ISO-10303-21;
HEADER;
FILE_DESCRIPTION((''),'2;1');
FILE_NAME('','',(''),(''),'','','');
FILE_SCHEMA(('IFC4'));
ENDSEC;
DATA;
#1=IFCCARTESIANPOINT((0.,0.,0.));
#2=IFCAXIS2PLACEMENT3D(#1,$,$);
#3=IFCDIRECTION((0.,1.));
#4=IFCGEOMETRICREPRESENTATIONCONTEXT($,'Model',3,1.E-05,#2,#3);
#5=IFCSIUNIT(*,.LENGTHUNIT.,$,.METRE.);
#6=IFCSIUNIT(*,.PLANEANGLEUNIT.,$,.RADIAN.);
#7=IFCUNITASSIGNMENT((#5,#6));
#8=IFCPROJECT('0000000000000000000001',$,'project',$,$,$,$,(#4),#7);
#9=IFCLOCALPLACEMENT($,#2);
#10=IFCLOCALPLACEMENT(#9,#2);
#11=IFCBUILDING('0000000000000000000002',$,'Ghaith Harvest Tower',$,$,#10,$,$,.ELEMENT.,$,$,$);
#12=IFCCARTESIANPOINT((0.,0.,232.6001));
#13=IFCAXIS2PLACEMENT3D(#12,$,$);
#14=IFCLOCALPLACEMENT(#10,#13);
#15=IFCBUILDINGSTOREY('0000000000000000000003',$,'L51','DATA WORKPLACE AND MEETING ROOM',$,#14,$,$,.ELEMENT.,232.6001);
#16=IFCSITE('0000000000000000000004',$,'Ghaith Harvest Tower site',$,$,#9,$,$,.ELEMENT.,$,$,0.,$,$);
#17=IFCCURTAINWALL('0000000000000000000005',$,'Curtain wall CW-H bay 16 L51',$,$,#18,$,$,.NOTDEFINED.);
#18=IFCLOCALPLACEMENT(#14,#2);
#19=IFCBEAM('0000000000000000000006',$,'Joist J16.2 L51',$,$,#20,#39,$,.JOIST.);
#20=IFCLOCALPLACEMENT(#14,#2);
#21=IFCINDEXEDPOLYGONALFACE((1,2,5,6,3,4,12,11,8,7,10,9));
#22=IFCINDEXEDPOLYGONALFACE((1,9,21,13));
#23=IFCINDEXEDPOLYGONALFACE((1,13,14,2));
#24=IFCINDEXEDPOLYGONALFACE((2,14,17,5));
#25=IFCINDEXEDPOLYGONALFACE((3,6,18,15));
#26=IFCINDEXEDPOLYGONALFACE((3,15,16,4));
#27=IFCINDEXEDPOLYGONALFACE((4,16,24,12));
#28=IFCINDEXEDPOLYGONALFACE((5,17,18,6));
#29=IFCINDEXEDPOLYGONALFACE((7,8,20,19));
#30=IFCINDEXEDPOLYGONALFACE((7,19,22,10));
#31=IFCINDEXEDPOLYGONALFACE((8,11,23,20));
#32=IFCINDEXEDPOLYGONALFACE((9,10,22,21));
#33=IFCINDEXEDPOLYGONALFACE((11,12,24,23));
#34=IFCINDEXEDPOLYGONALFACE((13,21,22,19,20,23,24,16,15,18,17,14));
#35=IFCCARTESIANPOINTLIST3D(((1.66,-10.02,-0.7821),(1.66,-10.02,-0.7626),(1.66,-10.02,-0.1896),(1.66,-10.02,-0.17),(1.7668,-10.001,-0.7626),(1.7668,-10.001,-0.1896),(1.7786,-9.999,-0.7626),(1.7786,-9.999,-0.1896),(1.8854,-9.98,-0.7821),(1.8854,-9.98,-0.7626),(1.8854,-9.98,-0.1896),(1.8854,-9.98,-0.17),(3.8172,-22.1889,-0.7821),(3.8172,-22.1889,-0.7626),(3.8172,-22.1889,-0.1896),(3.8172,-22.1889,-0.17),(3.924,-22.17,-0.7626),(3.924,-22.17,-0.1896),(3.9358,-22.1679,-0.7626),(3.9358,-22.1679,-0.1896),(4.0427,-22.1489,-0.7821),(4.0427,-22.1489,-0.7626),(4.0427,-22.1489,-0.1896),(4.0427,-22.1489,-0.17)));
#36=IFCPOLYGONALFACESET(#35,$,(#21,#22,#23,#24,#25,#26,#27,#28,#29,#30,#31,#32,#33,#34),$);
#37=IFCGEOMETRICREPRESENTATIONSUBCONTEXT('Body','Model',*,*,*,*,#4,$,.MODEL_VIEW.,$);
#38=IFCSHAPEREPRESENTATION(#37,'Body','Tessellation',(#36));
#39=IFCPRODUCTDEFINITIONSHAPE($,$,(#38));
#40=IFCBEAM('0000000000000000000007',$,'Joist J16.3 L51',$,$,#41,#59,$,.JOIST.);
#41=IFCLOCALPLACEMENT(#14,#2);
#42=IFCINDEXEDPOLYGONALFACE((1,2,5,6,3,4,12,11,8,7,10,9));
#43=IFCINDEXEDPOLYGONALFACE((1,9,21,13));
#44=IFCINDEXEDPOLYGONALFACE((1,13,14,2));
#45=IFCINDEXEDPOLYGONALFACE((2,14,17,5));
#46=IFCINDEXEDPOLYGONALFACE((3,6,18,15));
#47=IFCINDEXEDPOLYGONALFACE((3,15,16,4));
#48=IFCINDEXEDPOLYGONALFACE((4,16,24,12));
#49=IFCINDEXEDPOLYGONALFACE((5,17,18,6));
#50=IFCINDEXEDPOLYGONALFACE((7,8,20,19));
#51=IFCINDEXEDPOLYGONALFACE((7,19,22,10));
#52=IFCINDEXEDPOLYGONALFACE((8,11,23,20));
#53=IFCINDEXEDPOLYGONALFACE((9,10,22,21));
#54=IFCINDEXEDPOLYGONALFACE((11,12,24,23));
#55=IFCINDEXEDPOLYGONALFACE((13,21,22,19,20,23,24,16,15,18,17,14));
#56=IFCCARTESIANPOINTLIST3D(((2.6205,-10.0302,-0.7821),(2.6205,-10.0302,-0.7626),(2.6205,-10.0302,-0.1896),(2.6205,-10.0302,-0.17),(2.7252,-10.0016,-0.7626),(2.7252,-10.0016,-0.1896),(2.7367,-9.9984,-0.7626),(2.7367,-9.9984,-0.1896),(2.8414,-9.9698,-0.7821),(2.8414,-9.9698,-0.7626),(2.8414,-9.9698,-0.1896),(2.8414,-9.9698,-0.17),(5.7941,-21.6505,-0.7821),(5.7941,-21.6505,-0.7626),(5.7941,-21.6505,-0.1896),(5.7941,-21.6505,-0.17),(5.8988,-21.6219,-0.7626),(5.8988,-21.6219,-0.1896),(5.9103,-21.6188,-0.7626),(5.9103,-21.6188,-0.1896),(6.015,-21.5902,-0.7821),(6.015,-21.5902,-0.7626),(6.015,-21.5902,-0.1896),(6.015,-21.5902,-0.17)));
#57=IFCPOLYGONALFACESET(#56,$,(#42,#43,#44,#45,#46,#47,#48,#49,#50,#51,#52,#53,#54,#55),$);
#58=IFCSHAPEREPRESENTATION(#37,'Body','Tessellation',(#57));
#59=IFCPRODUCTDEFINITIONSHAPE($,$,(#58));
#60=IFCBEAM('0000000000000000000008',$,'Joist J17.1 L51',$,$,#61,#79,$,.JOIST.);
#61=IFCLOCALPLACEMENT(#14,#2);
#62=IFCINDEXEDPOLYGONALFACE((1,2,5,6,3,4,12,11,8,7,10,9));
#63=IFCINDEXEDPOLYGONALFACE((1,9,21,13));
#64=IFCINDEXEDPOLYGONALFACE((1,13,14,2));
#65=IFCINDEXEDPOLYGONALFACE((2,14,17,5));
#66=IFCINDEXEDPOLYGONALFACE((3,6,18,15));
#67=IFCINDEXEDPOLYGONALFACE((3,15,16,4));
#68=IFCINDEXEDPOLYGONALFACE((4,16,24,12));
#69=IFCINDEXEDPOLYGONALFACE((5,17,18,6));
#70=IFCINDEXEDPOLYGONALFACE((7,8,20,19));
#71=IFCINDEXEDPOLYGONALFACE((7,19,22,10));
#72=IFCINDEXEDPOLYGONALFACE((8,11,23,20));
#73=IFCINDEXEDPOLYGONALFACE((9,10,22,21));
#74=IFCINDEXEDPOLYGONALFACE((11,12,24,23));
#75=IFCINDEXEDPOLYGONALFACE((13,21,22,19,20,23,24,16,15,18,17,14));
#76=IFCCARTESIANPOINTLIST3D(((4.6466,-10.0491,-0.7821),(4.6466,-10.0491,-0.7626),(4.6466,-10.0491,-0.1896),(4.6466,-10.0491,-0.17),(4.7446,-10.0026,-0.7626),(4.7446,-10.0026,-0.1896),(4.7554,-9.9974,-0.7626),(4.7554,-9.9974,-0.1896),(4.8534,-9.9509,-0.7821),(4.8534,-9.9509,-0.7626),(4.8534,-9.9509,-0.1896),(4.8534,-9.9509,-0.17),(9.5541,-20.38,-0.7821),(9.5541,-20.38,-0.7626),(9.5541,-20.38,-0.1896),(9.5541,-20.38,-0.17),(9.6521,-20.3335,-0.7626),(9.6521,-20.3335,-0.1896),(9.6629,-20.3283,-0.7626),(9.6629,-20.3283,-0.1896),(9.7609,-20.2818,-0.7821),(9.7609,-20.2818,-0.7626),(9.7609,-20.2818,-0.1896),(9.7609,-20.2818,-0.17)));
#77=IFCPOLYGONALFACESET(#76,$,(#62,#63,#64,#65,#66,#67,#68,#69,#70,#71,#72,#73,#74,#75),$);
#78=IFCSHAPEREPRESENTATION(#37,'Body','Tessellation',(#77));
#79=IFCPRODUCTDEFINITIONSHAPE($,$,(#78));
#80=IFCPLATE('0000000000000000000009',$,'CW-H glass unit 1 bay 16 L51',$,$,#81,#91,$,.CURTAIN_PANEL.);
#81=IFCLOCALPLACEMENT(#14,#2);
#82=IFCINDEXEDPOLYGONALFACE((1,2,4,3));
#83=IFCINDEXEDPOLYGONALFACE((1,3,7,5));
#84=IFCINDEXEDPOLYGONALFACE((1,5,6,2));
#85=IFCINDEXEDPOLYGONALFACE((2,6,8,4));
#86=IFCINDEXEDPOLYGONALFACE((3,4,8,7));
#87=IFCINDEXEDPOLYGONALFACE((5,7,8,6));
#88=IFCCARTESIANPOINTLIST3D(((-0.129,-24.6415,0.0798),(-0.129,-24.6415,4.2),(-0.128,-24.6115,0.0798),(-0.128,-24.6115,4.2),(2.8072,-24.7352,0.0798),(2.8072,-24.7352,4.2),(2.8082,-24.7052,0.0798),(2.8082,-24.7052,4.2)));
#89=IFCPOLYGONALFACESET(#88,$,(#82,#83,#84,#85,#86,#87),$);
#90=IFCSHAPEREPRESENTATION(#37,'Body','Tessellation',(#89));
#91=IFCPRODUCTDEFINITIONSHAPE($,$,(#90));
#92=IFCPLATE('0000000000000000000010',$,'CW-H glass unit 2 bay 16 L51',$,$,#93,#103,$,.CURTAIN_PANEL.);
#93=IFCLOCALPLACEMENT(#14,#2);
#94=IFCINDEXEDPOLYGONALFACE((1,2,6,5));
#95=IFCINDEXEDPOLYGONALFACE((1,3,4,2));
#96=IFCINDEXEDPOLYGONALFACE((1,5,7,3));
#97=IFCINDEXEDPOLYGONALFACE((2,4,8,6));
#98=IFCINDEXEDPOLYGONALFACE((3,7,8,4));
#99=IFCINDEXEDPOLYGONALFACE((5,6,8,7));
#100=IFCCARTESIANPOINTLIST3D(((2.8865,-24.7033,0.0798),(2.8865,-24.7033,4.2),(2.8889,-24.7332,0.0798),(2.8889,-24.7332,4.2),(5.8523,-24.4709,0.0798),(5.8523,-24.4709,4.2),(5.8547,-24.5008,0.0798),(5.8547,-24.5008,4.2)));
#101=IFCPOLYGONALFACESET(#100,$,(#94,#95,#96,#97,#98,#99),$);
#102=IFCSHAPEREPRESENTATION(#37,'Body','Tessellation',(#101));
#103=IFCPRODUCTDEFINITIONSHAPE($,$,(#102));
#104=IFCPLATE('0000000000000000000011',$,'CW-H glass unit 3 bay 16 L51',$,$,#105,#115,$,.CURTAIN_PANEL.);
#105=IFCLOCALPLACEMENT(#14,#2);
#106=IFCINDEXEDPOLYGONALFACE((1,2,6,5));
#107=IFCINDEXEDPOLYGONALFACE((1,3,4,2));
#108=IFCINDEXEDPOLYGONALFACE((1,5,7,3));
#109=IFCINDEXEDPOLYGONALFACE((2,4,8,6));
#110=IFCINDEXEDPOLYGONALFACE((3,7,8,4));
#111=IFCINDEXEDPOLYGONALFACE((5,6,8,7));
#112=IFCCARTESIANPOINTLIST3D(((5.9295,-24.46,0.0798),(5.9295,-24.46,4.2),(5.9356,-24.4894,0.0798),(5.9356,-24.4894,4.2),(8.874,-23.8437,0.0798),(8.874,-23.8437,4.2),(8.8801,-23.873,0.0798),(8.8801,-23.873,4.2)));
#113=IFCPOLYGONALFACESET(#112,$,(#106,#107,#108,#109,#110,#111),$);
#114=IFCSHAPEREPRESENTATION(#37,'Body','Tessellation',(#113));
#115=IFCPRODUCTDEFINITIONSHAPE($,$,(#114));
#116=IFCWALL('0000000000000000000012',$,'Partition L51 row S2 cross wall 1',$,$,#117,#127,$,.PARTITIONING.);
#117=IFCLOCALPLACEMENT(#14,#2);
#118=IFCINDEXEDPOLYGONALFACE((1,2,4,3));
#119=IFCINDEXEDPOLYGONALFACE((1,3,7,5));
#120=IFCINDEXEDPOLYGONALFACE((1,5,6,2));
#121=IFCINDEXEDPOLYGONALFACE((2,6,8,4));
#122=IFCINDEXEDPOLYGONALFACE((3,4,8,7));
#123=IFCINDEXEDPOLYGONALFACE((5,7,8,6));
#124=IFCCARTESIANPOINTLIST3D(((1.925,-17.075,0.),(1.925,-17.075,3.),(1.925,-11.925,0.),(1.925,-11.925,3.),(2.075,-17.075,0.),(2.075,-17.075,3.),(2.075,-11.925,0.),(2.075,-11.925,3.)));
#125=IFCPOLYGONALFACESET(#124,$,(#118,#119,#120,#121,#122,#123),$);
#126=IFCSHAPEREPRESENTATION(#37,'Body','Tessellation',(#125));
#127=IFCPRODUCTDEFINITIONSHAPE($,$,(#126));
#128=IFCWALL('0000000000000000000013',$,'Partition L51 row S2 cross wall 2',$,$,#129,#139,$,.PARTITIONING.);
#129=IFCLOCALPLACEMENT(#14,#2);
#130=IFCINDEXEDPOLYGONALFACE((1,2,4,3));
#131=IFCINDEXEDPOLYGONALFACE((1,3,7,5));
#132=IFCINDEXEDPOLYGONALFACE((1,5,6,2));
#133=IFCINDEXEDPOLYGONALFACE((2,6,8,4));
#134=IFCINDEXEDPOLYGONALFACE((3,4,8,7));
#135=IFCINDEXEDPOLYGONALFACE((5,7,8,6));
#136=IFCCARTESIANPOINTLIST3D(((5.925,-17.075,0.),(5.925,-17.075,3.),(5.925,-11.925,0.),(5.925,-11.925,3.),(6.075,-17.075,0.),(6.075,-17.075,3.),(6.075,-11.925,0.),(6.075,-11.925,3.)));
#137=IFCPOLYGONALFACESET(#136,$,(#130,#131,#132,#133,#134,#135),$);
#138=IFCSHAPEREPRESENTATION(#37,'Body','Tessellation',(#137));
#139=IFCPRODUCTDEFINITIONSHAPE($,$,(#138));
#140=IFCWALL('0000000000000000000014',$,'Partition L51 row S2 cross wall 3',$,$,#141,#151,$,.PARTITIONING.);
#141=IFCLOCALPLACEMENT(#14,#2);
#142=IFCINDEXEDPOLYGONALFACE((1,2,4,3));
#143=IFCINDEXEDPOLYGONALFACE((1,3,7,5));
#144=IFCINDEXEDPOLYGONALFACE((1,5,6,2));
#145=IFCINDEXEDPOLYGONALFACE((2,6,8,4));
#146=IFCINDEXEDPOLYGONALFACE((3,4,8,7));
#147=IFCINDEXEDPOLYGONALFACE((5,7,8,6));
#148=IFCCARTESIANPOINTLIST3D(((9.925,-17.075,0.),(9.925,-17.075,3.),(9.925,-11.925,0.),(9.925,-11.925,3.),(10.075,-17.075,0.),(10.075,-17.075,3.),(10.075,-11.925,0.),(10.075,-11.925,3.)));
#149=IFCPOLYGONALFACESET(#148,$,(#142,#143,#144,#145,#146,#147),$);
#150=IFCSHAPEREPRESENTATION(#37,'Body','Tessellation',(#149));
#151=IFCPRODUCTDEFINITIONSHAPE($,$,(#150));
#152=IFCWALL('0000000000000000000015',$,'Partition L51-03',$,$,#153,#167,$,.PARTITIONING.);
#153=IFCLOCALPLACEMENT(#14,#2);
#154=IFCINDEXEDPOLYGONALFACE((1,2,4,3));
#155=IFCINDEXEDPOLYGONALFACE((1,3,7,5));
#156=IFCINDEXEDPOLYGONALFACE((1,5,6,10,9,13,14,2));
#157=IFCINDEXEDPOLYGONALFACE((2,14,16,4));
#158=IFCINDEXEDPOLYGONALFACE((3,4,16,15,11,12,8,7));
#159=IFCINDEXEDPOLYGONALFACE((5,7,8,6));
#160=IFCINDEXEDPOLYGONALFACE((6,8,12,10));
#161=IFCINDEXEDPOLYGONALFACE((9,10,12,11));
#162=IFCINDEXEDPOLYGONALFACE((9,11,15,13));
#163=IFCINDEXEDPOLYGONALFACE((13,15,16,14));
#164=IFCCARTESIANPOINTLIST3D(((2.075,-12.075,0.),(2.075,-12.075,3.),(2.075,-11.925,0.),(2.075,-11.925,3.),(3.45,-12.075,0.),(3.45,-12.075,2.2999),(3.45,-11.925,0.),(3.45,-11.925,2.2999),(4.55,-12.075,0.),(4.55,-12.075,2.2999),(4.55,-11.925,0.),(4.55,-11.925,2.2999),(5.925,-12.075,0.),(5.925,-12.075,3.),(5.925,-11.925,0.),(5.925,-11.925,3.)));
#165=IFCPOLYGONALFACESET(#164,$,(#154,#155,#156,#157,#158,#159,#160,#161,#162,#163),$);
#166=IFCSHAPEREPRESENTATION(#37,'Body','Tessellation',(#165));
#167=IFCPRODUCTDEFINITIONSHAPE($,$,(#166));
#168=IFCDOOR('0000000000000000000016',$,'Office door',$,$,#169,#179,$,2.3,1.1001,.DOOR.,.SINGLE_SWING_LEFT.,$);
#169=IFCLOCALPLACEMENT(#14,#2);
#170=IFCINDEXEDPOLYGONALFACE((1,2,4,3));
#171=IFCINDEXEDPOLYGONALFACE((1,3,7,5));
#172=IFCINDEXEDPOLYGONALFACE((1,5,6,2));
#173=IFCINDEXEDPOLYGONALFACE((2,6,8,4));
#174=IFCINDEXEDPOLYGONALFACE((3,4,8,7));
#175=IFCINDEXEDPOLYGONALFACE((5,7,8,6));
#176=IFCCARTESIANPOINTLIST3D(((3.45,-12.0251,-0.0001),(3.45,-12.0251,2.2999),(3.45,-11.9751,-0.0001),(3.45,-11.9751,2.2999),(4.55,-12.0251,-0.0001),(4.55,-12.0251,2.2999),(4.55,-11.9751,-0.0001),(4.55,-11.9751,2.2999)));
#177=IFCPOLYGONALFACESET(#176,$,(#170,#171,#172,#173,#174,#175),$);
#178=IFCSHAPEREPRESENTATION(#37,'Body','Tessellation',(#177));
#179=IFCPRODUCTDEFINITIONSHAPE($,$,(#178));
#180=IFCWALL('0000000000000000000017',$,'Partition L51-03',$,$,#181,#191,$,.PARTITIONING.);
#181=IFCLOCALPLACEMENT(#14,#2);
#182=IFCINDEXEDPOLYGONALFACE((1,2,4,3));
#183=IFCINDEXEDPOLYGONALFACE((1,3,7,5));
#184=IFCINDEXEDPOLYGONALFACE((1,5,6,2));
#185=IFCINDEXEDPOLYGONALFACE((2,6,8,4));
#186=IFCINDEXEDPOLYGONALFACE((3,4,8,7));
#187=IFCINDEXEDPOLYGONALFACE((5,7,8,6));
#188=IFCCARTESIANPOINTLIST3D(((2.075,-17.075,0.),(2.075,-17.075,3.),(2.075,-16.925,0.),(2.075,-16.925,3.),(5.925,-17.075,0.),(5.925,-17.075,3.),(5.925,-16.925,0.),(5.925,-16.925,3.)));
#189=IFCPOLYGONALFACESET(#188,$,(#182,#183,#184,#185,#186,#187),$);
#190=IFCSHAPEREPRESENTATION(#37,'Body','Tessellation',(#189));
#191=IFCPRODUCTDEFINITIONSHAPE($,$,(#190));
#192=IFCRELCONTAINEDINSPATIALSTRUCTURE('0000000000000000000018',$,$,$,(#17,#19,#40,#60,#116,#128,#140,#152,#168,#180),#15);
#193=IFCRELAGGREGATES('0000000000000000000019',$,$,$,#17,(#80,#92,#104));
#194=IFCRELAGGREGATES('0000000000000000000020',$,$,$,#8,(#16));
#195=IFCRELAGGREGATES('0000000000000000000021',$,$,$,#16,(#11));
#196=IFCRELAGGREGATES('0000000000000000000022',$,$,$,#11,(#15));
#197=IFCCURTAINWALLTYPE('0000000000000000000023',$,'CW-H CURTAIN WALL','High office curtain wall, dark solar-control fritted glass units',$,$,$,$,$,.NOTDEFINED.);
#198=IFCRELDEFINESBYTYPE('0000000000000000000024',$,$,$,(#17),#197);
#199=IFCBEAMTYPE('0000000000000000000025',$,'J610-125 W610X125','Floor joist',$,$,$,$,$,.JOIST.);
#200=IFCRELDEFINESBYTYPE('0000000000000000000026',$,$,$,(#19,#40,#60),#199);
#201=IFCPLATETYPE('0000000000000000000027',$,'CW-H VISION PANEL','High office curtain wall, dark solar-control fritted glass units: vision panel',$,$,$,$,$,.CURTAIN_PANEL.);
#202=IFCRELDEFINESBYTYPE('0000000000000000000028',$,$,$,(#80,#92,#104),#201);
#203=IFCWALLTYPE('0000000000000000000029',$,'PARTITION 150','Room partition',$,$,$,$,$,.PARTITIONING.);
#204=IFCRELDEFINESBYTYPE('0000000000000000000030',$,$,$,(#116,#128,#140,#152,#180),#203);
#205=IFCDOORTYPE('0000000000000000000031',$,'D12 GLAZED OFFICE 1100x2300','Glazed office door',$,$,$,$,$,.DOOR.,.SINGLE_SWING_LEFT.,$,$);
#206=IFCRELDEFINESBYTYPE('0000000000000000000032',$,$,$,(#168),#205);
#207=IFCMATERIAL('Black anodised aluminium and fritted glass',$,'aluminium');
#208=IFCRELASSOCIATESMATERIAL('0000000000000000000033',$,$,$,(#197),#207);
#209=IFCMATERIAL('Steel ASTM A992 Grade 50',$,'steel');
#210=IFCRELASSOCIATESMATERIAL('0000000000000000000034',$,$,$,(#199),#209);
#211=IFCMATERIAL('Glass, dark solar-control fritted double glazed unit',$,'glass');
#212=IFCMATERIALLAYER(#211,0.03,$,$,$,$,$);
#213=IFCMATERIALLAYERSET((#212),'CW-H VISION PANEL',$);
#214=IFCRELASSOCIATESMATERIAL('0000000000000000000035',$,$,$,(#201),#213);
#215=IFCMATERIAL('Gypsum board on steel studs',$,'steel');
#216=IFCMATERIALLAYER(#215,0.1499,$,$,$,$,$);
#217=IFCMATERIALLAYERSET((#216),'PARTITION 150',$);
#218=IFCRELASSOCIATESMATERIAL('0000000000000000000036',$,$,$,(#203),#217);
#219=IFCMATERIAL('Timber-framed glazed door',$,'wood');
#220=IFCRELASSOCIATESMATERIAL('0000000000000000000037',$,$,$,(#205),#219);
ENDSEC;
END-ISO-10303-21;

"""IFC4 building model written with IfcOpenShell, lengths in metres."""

from ifc_helpers import new_model, si_unit, direction, frame, frame_2d, origin, origin_2d, place, context, subcontext, project, spatial, rectangle, i_section, extrude, material, layer, layer_set, material_profile, profile_set, type_object, element, fill, aggregate, save


model = new_model("IFC4")

# Units and contexts
model_context = context("Model", 3, precision=1e-05, world=origin(), true_north=direction((0.0, 1.0)))
body_context = subcontext(model_context, "Body", "Model", "MODEL_VIEW")
ifc_project = project(units=[si_unit("LENGTHUNIT", "METRE"), si_unit("PLANEANGLEUNIT", "RADIAN")], contexts=[model_context])

# Site, building, storey
site_placement = place(None, origin())
site = spatial("IfcSite", under=ifc_project, at=site_placement, Name="Ghaith Harvest Tower site", CompositionType="ELEMENT", RefElevation=0.0)
building_placement = place(site_placement, origin())
building = spatial("IfcBuilding", under=site, at=building_placement, Name="Ghaith Harvest Tower", CompositionType="ELEMENT")
storey_placement = place(building_placement, frame((0.0, 0.0, 232.6001)))
storey = spatial("IfcBuildingStorey", under=building, at=storey_placement, Name="L51", Description="DATA WORKPLACE AND MEETING ROOM", CompositionType="ELEMENT", Elevation=232.6001)

# Curtain wall
ifc_material_1 = material(Name="Black anodised aluminium and fritted glass", Category="aluminium")
curtain_wall_type = type_object("IfcCurtainWallType", Name="CW-H CURTAIN WALL", Description="High office curtain wall, dark solar-control fritted glass units", PredefinedType="NOTDEFINED", material=ifc_material_1)
curtain_wall_1_placement = place(storey_placement, origin())
curtain_wall_1 = element("IfcCurtainWall", 1, at=curtain_wall_1_placement, inside=storey, type_object=curtain_wall_type, Name="Curtain wall CW-H bay 16 L51", PredefinedType="NOTDEFINED")

# Beams
ifc_material_2 = material(Name="Steel ASTM A992 Grade 50", Category="steel")
ifc_material_profile_1 = material_profile(ifc_material_2, i_section(OverallWidth=0.229, OverallDepth=0.6121, WebThickness=0.012, FlangeThickness=0.0195, at=origin_2d()), Name="W610X125")
ifc_profile_set_1 = profile_set([ifc_material_profile_1], Name="Steel ASTM A992 Grade 50")
beam_type_1 = type_object("IfcBeamType", Name="J610-125 W610X125", Description="Floor joist", PredefinedType="JOIST", material=ifc_profile_set_1)
beam_1_placement = place(storey_placement, frame((1.7727, -10.0, -0.4761), z_axis=(0.174552, -0.984648, 0.0), x_axis=(0.984648, 0.174552, 0.0)))
element("IfcBeam", 2, at=beam_1_placement, inside=storey, type_object=beam_type_1, Name="Joist J16.2 L51", PredefinedType="JOIST", context=body_context, shape_type="SweptSolid", body=[
    extrude(i_section(OverallWidth=0.229, OverallDepth=0.6121, WebThickness=0.012, FlangeThickness=0.0195, at=origin_2d()), origin(), (0.0, 0.0, 1.0), 12.3586),
])
beam_2_placement = place(storey_placement, frame((2.731, -10.0, -0.4761), z_axis=(0.263457, -0.964671, 0.0), x_axis=(0.964671, 0.263457, 0.0)))
element("IfcBeam", 3, at=beam_2_placement, inside=storey, type_object=beam_type_1, Name="Joist J16.3 L51", PredefinedType="JOIST", context=body_context, shape_type="SweptSolid", body=[
    extrude(i_section(OverallWidth=0.229, OverallDepth=0.6121, WebThickness=0.012, FlangeThickness=0.0195, at=origin_2d()), origin(), (0.0, 0.0, 1.0), 12.0459),
])
beam_3_placement = place(storey_placement, frame((4.75, -10.0, -0.4761), z_axis=(0.429081, -0.903266, 0.0), x_axis=(0.903266, 0.429081, 0.0)))
element("IfcBeam", 4, at=beam_3_placement, inside=storey, type_object=beam_type_1, Name="Joist J17.1 L51", PredefinedType="JOIST", context=body_context, shape_type="SweptSolid", body=[
    extrude(i_section(OverallWidth=0.229, OverallDepth=0.6121, WebThickness=0.012, FlangeThickness=0.0195, at=origin_2d()), origin(), (0.0, 0.0, 1.0), 11.4373),
])

# Plates
ifc_material_3 = material(Name="Glass, dark solar-control fritted double glazed unit", Category="glass")
ifc_layer_1 = layer(ifc_material_3, 0.03)
ifc_layer_set_1 = layer_set([ifc_layer_1], Name="CW-H VISION PANEL")
plate_type = type_object("IfcPlateType", Name="CW-H VISION PANEL", Description="High office curtain wall, dark solar-control fritted glass units: vision panel", PredefinedType="CURTAIN_PANEL", material=ifc_layer_set_1)
plate_1_placement = place(storey_placement, frame((1.3396, -24.6733, 0.0798), z_axis=(0.0, 0.0, 1.0), x_axis=(0.999491, -0.031894, 0.0)))
plate_1 = element("IfcPlate", 5, at=plate_1_placement, type_object=plate_type, Name="CW-H glass unit 1 bay 16 L51", PredefinedType="CURTAIN_PANEL", context=body_context, shape_type="SweptSolid", body=[
    extrude(rectangle(XDim=2.9377, YDim=0.03, at=origin_2d()), origin(), (0.0, 0.0, 1.0), 4.1201),
])
plate_2_placement = place(storey_placement, frame((4.3706, -24.6021, 0.0798), z_axis=(0.0, 0.0, 1.0), x_axis=(0.996945, 0.078101, 0.0)))
plate_2 = element("IfcPlate", 6, at=plate_2_placement, type_object=plate_type, Name="CW-H glass unit 2 bay 16 L51", PredefinedType="CURTAIN_PANEL", context=body_context, shape_type="SweptSolid", body=[
    extrude(rectangle(XDim=2.9749, YDim=0.03, at=origin_2d()), origin(), (0.0, 0.0, 1.0), 4.1201),
])
plate_3_placement = place(storey_placement, frame((7.4048, -24.1665, 0.0798), z_axis=(0.0, 0.0, 1.0), x_axis=(0.978789, 0.204872, 0.0)))
plate_3 = element("IfcPlate", 7, at=plate_3_placement, type_object=plate_type, Name="CW-H glass unit 3 bay 16 L51", PredefinedType="CURTAIN_PANEL", context=body_context, shape_type="SweptSolid", body=[
    extrude(rectangle(XDim=3.0083, YDim=0.03, at=origin_2d()), origin(), (0.0, 0.0, 1.0), 4.1201),
])
aggregate(curtain_wall_1, [plate_1, plate_2, plate_3])

# Walls
ifc_material_4 = material(Name="Gypsum board on steel studs", Category="steel")
ifc_layer_2 = layer(ifc_material_4, 0.1499)
ifc_layer_set_2 = layer_set([ifc_layer_2], Name="PARTITION 150")
wall_type = type_object("IfcWallType", Name="PARTITION 150", Description="Room partition", PredefinedType="PARTITIONING", material=ifc_layer_set_2)
for number, where, z_axis, x_axis, name in (
    (8, (2.0, -11.925, 0.0), (0.0, 0.0, 1.0), (0.0, -1.0, 0.0), "Partition L51 row S2 cross wall 1"),
    (9, (6.0, -11.925, 0.0), (0.0, 0.0, 1.0), (0.0, -1.0, 0.0), "Partition L51 row S2 cross wall 2"),
    (10, (10.0, -11.925, 0.0), (0.0, 0.0, 1.0), (0.0, -1.0, 0.0), "Partition L51 row S2 cross wall 3"),
):
    element("IfcWall", number, at=place(storey_placement, frame(where, z_axis=z_axis, x_axis=x_axis)), inside=storey, type_object=wall_type, Name=name, PredefinedType="PARTITIONING", context=body_context, shape_type="SweptSolid", body=[
        extrude(rectangle(XDim=5.1499, YDim=0.1499, at=frame_2d((2.575, 0.0))), origin(), (0.0, 0.0, 1.0), 3.0),
    ])

# Wall, opening, door
wall_1_placement = place(storey_placement, frame((2.075, -12.0, 0.0), z_axis=(0.0, 0.0, 1.0), x_axis=(1.0, 0.0, 0.0)))
wall_1 = element("IfcWall", 11, at=wall_1_placement, inside=storey, type_object=wall_type, Name="Partition L51-03", PredefinedType="PARTITIONING", context=body_context, shape_type="SweptSolid", body=[
    extrude(rectangle(XDim=3.8501, YDim=0.1499, at=frame_2d((1.925, 0.0))), origin(), (0.0, 0.0, 1.0), 3.0),
])
opening_1_placement = place(wall_1_placement, frame((1.375, 0.0, 0.0)))
opening_1 = element("IfcOpeningElement", 12, at=opening_1_placement, cuts=wall_1, PredefinedType="OPENING", context=body_context, shape_type="SweptSolid", body=[
    extrude(rectangle(XDim=1.1001, YDim=2.3, at=frame_2d((0.55, 1.1499))), frame((0.0, 0.085, 0.0), z_axis=(0.0, -1.0, 0.0), x_axis=(1.0, 0.0, 0.0)), (0.0, 0.0, 1.0), 0.1699),
])
ifc_material_5 = material(Name="Timber-framed glazed door", Category="wood")
door_type = type_object("IfcDoorType", Name="D12 GLAZED OFFICE 1100x2300", Description="Glazed office door", OperationType="SINGLE_SWING_LEFT", PredefinedType="DOOR", material=ifc_material_5)
door_1_placement = place(opening_1_placement, origin())
door_1 = element("IfcDoor", 13, at=door_1_placement, inside=storey, type_object=door_type, Name="Office door", OperationType="SINGLE_SWING_LEFT", OverallHeight=2.3, OverallWidth=1.1001, PredefinedType="DOOR", context=body_context, shape_type="SweptSolid", body=[
    extrude(rectangle(XDim=1.1001, YDim=2.3, at=frame_2d((0.55, 1.1499))), frame((0.0, 0.0249, 0.0), z_axis=(0.0, -1.0, 0.0), x_axis=(1.0, 0.0, 0.0)), (0.0, 0.0, 1.0), 0.05),
])
fill(opening_1, door_1)

# Wall
wall_2_placement = place(storey_placement, frame((2.075, -17.0, 0.0), z_axis=(0.0, 0.0, 1.0), x_axis=(1.0, 0.0, 0.0)))
element("IfcWall", 14, at=wall_2_placement, inside=storey, type_object=wall_type, Name="Partition L51-03", PredefinedType="PARTITIONING", context=body_context, shape_type="SweptSolid", body=[
    extrude(rectangle(XDim=3.8501, YDim=0.1499, at=frame_2d((1.925, 0.0))), origin(), (0.0, 0.0, 1.0), 3.0),
])

save(model, "model.ifc")
